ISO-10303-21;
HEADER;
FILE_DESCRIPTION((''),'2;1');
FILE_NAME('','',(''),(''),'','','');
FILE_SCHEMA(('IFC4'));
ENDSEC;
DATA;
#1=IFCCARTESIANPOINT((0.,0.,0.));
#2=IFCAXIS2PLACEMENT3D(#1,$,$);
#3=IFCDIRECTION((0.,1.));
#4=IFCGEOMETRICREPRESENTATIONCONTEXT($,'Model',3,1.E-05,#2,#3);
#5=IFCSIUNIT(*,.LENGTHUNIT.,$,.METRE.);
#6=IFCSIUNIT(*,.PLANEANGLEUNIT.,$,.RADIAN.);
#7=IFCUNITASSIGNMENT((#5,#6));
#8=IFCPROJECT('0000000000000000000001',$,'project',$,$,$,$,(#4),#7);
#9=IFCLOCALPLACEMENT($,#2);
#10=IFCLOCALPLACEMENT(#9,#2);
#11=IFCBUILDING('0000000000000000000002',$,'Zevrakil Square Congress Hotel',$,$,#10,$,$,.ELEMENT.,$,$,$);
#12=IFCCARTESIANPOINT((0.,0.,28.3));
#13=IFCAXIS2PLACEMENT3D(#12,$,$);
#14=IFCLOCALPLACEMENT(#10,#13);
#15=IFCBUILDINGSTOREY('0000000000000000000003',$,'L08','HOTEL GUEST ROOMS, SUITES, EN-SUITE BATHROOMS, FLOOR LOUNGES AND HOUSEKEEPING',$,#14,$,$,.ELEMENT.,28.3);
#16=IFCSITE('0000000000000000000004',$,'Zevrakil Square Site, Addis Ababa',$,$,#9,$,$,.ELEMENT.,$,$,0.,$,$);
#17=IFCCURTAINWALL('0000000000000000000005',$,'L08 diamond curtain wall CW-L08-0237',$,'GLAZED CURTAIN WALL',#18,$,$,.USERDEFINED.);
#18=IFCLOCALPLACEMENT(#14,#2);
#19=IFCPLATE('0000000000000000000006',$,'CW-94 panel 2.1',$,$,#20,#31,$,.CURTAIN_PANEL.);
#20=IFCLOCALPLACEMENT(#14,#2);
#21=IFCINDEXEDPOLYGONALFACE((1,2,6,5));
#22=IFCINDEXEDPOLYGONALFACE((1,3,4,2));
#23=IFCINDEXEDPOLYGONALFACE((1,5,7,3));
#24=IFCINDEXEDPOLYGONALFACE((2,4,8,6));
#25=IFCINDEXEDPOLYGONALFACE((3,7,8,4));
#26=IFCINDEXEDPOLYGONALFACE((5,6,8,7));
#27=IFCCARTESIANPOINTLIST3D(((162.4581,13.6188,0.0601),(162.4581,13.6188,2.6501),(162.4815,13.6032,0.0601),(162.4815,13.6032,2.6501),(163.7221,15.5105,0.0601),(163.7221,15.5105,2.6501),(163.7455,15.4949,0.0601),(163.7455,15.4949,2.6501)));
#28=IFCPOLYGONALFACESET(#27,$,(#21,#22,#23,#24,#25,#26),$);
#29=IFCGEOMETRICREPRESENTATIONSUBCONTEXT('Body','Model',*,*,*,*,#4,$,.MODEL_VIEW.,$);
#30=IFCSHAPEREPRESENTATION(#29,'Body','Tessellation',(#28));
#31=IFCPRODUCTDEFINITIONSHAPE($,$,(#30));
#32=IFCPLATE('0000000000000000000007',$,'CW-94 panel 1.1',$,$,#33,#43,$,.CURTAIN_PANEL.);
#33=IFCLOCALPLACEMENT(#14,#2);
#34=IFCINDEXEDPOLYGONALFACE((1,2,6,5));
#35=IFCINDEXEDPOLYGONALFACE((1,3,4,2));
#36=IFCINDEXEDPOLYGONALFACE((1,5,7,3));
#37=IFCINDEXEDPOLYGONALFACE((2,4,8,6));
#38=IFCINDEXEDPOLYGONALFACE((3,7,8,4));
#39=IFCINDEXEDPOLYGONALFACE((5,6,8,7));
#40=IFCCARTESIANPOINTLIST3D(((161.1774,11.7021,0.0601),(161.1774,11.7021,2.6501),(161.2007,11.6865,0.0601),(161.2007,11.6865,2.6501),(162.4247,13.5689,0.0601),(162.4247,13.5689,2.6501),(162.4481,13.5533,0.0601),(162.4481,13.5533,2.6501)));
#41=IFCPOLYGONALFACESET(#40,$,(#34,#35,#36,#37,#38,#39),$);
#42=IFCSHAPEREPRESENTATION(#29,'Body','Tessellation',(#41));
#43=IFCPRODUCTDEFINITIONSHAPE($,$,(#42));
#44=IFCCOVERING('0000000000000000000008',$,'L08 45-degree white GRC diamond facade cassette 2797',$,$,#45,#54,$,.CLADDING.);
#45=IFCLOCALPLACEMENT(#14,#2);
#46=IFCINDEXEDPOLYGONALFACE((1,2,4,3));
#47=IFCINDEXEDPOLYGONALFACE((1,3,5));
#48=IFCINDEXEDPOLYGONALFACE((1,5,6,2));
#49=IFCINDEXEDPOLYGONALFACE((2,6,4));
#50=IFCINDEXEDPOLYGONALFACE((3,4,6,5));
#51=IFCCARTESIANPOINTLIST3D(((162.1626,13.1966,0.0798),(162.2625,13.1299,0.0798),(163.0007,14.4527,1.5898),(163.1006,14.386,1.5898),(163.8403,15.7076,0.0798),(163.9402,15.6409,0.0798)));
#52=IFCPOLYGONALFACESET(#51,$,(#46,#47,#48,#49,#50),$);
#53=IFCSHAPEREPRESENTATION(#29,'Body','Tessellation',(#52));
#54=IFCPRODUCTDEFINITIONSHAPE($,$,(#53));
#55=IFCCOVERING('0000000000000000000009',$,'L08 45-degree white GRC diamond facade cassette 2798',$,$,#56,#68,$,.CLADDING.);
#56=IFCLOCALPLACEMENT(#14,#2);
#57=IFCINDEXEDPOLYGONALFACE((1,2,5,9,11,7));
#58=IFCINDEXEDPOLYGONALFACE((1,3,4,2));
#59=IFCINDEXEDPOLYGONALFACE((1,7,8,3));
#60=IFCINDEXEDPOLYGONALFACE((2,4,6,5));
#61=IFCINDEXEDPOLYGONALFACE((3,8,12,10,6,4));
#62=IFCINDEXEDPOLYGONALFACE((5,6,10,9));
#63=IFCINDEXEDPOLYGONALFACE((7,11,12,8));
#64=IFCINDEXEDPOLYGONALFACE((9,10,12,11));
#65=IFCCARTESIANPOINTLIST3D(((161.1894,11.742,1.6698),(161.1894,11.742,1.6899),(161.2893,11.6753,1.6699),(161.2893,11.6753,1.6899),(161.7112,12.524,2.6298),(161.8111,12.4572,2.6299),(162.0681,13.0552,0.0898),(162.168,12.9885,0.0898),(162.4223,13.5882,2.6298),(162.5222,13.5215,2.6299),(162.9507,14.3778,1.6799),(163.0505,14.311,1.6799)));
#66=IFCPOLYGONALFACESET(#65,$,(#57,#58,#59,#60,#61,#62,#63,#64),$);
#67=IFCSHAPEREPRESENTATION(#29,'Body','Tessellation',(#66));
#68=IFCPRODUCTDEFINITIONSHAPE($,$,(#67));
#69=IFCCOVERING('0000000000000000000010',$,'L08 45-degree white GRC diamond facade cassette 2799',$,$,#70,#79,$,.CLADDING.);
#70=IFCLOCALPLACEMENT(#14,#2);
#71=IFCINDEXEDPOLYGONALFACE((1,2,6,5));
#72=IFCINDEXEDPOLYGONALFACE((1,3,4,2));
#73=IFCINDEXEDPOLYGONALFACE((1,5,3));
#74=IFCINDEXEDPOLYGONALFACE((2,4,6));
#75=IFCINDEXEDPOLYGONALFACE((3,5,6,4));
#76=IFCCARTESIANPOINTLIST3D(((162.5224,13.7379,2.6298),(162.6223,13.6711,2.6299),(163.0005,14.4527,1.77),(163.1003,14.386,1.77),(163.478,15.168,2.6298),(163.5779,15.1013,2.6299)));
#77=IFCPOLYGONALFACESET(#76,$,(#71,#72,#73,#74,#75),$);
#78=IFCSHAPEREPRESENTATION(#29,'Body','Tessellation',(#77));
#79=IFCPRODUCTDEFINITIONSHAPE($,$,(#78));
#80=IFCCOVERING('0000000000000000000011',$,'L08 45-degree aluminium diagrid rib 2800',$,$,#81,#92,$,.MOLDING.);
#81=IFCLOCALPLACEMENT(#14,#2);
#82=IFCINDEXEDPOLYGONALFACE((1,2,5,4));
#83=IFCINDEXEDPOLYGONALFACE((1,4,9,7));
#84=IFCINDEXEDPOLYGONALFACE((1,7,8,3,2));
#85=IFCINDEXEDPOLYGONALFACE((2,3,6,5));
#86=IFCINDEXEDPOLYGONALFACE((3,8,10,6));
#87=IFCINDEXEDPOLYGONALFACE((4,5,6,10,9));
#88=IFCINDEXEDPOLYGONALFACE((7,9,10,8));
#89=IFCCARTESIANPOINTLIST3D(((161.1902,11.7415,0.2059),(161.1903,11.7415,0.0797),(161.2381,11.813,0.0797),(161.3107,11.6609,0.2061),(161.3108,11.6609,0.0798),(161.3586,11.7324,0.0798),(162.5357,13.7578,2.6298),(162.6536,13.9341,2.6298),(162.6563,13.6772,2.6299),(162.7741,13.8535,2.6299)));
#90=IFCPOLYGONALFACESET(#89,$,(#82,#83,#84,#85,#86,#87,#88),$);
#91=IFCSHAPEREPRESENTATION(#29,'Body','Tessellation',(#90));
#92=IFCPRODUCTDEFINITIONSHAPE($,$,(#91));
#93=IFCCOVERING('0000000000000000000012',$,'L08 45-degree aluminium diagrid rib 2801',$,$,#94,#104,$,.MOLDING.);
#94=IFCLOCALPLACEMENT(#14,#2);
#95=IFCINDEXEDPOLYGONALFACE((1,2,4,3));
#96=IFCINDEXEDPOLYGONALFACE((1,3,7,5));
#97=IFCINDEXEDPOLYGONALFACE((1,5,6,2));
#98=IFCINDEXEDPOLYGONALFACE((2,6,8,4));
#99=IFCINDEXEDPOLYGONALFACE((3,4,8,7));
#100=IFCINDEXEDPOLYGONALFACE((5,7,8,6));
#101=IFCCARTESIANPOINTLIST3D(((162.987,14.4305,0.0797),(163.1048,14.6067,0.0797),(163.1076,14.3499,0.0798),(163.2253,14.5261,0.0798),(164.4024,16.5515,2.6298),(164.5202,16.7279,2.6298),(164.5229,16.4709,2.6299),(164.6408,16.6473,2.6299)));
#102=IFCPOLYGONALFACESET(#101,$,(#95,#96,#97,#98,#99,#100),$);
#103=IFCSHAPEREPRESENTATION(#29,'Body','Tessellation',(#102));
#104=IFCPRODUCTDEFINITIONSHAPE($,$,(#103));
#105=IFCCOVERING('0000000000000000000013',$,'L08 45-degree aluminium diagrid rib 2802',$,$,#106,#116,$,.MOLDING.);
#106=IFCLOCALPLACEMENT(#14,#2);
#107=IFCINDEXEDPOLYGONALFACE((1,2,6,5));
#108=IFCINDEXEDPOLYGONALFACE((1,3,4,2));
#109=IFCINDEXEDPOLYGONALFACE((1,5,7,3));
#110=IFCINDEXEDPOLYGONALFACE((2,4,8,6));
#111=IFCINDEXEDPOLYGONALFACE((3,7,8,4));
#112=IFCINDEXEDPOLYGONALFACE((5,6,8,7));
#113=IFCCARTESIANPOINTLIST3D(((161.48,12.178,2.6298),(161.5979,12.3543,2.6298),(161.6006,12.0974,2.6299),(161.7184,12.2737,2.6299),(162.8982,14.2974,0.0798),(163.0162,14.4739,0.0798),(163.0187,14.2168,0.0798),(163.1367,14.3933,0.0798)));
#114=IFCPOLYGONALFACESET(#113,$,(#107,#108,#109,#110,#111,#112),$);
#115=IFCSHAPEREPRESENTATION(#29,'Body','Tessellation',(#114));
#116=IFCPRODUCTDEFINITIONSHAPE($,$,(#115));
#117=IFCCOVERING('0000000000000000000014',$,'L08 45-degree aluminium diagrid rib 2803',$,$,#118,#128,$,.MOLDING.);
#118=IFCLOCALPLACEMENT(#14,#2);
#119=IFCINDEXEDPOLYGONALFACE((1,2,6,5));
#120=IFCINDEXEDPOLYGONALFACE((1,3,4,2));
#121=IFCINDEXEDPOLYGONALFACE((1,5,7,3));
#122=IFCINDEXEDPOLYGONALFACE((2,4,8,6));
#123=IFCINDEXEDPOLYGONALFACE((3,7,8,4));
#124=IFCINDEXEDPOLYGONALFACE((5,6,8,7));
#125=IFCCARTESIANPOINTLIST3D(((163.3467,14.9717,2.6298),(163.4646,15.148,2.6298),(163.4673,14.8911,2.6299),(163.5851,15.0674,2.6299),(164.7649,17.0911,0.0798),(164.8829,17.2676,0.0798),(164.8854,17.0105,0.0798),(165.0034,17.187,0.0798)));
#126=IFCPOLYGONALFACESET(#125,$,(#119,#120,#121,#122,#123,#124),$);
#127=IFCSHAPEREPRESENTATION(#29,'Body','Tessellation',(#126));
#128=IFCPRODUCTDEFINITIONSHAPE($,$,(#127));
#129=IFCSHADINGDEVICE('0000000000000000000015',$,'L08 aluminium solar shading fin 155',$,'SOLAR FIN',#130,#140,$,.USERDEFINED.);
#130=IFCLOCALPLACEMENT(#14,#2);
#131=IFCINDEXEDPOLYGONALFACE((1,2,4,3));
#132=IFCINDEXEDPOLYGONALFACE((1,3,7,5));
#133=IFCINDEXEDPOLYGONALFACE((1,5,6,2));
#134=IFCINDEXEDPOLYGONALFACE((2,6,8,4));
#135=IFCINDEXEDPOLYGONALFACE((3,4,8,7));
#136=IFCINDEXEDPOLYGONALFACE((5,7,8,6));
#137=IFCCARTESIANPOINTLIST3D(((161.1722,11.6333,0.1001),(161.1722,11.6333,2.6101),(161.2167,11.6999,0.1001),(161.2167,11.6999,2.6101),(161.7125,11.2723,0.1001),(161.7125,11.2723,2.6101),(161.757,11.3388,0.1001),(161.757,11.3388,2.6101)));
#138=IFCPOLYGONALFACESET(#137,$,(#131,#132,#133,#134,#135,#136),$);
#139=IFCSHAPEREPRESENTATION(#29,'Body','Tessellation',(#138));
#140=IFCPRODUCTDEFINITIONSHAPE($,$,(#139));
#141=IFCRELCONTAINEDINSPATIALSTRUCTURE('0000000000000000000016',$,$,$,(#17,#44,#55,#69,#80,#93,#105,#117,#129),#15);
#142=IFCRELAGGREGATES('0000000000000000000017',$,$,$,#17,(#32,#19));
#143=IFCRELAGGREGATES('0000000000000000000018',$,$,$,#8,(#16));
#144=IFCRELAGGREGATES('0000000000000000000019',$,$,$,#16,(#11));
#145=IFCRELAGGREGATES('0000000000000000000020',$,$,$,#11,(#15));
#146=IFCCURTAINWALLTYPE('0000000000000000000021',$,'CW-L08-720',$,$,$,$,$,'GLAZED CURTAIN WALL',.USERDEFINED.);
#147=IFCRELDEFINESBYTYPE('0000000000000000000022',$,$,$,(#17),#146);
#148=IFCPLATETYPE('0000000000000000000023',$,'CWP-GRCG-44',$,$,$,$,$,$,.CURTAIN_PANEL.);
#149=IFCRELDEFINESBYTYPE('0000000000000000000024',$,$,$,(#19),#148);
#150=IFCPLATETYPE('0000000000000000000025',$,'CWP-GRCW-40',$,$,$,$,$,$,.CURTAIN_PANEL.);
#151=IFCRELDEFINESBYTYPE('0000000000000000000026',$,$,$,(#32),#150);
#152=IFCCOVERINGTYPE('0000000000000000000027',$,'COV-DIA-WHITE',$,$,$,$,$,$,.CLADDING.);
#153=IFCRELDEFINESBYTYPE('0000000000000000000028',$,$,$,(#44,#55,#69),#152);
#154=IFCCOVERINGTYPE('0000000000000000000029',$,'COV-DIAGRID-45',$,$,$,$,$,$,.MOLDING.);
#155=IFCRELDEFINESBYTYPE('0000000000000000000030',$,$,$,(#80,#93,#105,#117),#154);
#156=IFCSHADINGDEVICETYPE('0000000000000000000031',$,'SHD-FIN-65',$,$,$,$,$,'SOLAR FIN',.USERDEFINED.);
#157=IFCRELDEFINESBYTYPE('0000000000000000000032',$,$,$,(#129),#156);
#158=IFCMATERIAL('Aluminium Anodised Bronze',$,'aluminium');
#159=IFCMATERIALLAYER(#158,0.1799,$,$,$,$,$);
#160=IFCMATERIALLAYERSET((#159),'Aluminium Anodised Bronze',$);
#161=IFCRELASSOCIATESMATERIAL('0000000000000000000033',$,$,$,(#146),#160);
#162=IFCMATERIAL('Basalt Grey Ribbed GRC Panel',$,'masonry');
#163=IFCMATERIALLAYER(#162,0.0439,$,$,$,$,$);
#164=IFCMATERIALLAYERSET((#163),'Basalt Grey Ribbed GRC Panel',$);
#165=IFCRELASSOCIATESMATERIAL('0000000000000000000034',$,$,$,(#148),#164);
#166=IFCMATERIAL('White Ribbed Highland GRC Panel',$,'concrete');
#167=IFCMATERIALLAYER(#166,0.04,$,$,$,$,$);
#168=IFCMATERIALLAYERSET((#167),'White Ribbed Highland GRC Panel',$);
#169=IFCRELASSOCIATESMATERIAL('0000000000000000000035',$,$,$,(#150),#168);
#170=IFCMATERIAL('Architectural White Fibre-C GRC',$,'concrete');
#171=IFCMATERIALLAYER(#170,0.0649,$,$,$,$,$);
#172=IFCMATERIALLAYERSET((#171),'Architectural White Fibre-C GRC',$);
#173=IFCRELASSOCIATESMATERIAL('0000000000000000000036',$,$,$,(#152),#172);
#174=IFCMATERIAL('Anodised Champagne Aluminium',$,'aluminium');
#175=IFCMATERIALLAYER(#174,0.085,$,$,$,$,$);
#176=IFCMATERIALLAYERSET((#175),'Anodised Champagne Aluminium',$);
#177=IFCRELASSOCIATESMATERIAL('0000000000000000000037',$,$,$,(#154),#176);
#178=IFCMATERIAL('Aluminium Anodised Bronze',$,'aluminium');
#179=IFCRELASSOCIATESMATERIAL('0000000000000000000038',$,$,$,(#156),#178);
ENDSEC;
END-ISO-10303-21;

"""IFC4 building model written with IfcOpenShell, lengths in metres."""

from ifc_helpers import new_model, si_unit, direction, frame, origin, origin_2d, place, context, subcontext, project, spatial, polyline, rectangle, outline, extrude, material, layer, layer_set, type_object, element, aggregate, save


model = new_model("IFC4")

# Units and contexts
model_context = context("Model", 3, precision=1e-05, world=origin(), true_north=direction((0.0, 1.0)))
body_context = subcontext(model_context, "Body", "Model", "MODEL_VIEW")
ifc_project = project(units=[si_unit("LENGTHUNIT", "METRE"), si_unit("PLANEANGLEUNIT", "RADIAN")], contexts=[model_context])

# Site, building, storey
site_placement = place(None, origin())
site = spatial("IfcSite", under=ifc_project, at=site_placement, Name="Zevrakil Square Site, Addis Ababa", CompositionType="ELEMENT", RefElevation=0.0)
building_placement = place(site_placement, origin())
building = spatial("IfcBuilding", under=site, at=building_placement, Name="Zevrakil Square Congress Hotel", CompositionType="ELEMENT")
storey_placement = place(building_placement, frame((0.0, 0.0, 28.3)))
storey = spatial("IfcBuildingStorey", under=building, at=storey_placement, Name="L08", Description="HOTEL GUEST ROOMS, SUITES, EN-SUITE BATHROOMS, FLOOR LOUNGES AND HOUSEKEEPING", CompositionType="ELEMENT", Elevation=28.3)

# Curtain wall
ifc_material_1 = material(Name="Aluminium Anodised Bronze", Category="aluminium")
ifc_layer_1 = layer(ifc_material_1, 0.1799)
ifc_layer_set_1 = layer_set([ifc_layer_1], Name="Aluminium Anodised Bronze")
curtain_wall_type = type_object("IfcCurtainWallType", Name="CW-L08-720", ElementType="GLAZED CURTAIN WALL", PredefinedType="USERDEFINED", material=ifc_layer_set_1)
curtain_wall_1_placement = place(storey_placement, origin())
curtain_wall_1 = element("IfcCurtainWall", 1, at=curtain_wall_1_placement, inside=storey, type_object=curtain_wall_type, Name="L08 diamond curtain wall CW-L08-0237", ObjectType="GLAZED CURTAIN WALL", PredefinedType="USERDEFINED")

# Plates
ifc_material_2 = material(Name="Basalt Grey Ribbed GRC Panel", Category="masonry")
ifc_layer_2 = layer(ifc_material_2, 0.0439)
ifc_layer_set_2 = layer_set([ifc_layer_2], Name="Basalt Grey Ribbed GRC Panel")
plate_type_1 = type_object("IfcPlateType", Name="CWP-GRCG-44", PredefinedType="CURTAIN_PANEL", material=ifc_layer_set_2)
plate_1_placement = place(storey_placement, frame((163.1018, 14.5569, 0.0601), z_axis=(0.0, 0.0, 1.0), x_axis=(0.555576, 0.831466, 0.0)))
plate_1 = element("IfcPlate", 2, at=plate_1_placement, type_object=plate_type_1, Name="CW-94 panel 2.1", PredefinedType="CURTAIN_PANEL", context=body_context, shape_type="SweptSolid", body=[
    extrude(rectangle(XDim=2.2751, YDim=0.0281, at=origin_2d()), origin(), (0.0, 0.0, 1.0), 2.5901),
])
ifc_material_3 = material(Name="White Ribbed Highland GRC Panel", Category="concrete")
ifc_layer_3 = layer(ifc_material_3, 0.04)
ifc_layer_set_3 = layer_set([ifc_layer_3], Name="White Ribbed Highland GRC Panel")
plate_type_2 = type_object("IfcPlateType", Name="CWP-GRCW-40", PredefinedType="CURTAIN_PANEL", material=ifc_layer_set_3)
plate_2_placement = place(storey_placement, frame((161.8127, 12.6277, 0.0601), z_axis=(0.0, 0.0, 1.0), x_axis=(0.555576, 0.831466, 0.0)))
plate_2 = element("IfcPlate", 3, at=plate_2_placement, type_object=plate_type_2, Name="CW-94 panel 1.1", PredefinedType="CURTAIN_PANEL", context=body_context, shape_type="SweptSolid", body=[
    extrude(rectangle(XDim=2.2451, YDim=0.0281, at=origin_2d()), origin(), (0.0, 0.0, 1.0), 2.5901),
])
aggregate(curtain_wall_1, [plate_2, plate_1])

# Coverings
ifc_material_4 = material(Name="Architectural White Fibre-C GRC", Category="concrete")
ifc_layer_4 = layer(ifc_material_4, 0.0649)
ifc_layer_set_4 = layer_set([ifc_layer_4], Name="Architectural White Fibre-C GRC")
covering_type_1 = type_object("IfcCoveringType", Name="COV-DIA-WHITE", PredefinedType="CLADDING", material=ifc_layer_set_4)
covering_1_placement = place(storey_placement, frame((163.1006, 14.386, 1.5898), z_axis=(0.831478, -0.555558, 0.000628), x_axis=(0.393188, 0.587666, -0.707143)))
element("IfcCovering", 4, at=covering_1_placement, inside=storey, type_object=covering_type_1, Name="L08 45-degree white GRC diamond facade cassette 2797", PredefinedType="CLADDING", context=body_context, shape_type="SweptSolid", body=[
    extrude(outline(polyline([(0.0, 0.0), (2.1354, 0.0), (0.0001, -2.1355), (0.0, 0.0)])), origin(), (0.0, 0.0, -1.0), 0.1201),
])
covering_2_placement = place(storey_placement, frame((163.0505, 14.311, 1.6799), z_axis=(0.831454, -0.555593, 0.000631), x_axis=(-0.392477, -0.58815, -0.707136)))
element("IfcCovering", 5, at=covering_2_placement, inside=storey, type_object=covering_type_1, Name="L08 45-degree white GRC diamond facade cassette 2798", PredefinedType="CLADDING", context=body_context, shape_type="SweptSolid", body=[
    extrude(outline(polyline([(0.0, 0.0), (2.2486, 0.0), (2.2485, -2.2346), (2.2344, -2.2487), (0.905, -2.2486), (0.0, -1.3435), (0.0, 0.0)])), origin(), (0.0, 0.0, -1.0), 0.1201),
])
covering_3_placement = place(storey_placement, frame((163.1003, 14.386, 1.77), z_axis=(0.831482, -0.555552, 0.000394), x_axis=(-0.393085, -0.587821, 0.707072)))
element("IfcCovering", 6, at=covering_3_placement, inside=storey, type_object=covering_type_1, Name="L08 45-degree white GRC diamond facade cassette 2799", PredefinedType="CLADDING", context=body_context, shape_type="SweptSolid", body=[
    extrude(outline(polyline([(0.0, 0.0), (1.2161, 0.0), (-0.0002, -1.2162), (0.0, 0.0)])), origin(), (0.0, 0.0, -1.0), 0.1201),
])
ifc_material_5 = material(Name="Anodised Champagne Aluminium", Category="aluminium")
ifc_layer_5 = layer(ifc_material_5, 0.085)
ifc_layer_set_5 = layer_set([ifc_layer_5], Name="Anodised Champagne Aluminium")
covering_type_2 = type_object("IfcCoveringType", Name="COV-DIAGRID-45", PredefinedType="MOLDING", material=ifc_layer_set_5)
covering_4_placement = place(storey_placement, frame((161.3586, 11.7324, 0.0798), z_axis=(0.831354, -0.555743, 0.000793), x_axis=(-0.555743, -0.831354, 0.0)))
element("IfcCovering", 7, at=covering_4_placement, inside=storey, type_object=covering_type_2, Name="L08 45-degree aluminium diagrid rib 2800", PredefinedType="MOLDING", context=body_context, shape_type="SweptSolid", body=[
    extrude(outline(polyline([(0.0, 0.0), (0.0861, 0.0), (0.0861, -0.1262), (-2.338, -2.5501), (-2.55, -2.5501), (0.0, 0.0)])), origin(), (0.0, 0.0, -1.0), 0.145),
])
covering_5_placement = place(storey_placement, frame((163.2253, 14.5261, 0.0798), z_axis=(0.83143, -0.55563, 0.00068), x_axis=(-0.55563, -0.83143, 0.0)))
element("IfcCovering", 8, at=covering_5_placement, inside=storey, type_object=covering_type_2, Name="L08 45-degree aluminium diagrid rib 2801", PredefinedType="MOLDING", context=body_context, shape_type="SweptSolid", body=[
    extrude(outline(polyline([(0.0, 0.0), (0.2119, 0.0), (-2.338, -2.55), (-2.5501, -2.55), (0.0, 0.0)])), origin(), (0.0, 0.0, -1.0), 0.145),
])
for number, where, z_axis, x_axis, name in (
    (9, (161.6006, 12.0974, 2.6299), (0.831341, -0.555762, 0.000423), (0.555762, 0.831342, 0.0), "L08 45-degree aluminium diagrid rib 2802"),
    (10, (163.4673, 14.8911, 2.6299), (0.831341, -0.555762, 0.000423), (0.555762, 0.831342, 0.0), "L08 45-degree aluminium diagrid rib 2803"),
):
    element("IfcCovering", number, at=place(storey_placement, frame(where, z_axis=z_axis, x_axis=x_axis)), inside=storey, type_object=covering_type_2, Name=name, PredefinedType="MOLDING", context=body_context, shape_type="SweptSolid", body=[
        extrude(outline(polyline([(0.0, 0.0), (0.2121, 0.0), (2.7624, -2.55), (2.5501, -2.55), (0.0, 0.0)])), origin(), (0.0, 0.0, -1.0), 0.145),
    ])

# Shading device
ifc_material_6 = material(Name="Aluminium Anodised Bronze", Category="aluminium")
shading_device_type = type_object("IfcShadingDeviceType", Name="SHD-FIN-65", ElementType="SOLAR FIN", PredefinedType="USERDEFINED", material=ifc_material_6)
shading_device_placement = place(storey_placement, frame((161.4646, 11.4861, 0.1001), z_axis=(0.0, 0.0, 1.0), x_axis=(0.83147, -0.55557, 0.0)))
element("IfcShadingDevice", 11, at=shading_device_placement, inside=storey, type_object=shading_device_type, Name="L08 aluminium solar shading fin 155", ObjectType="SOLAR FIN", PredefinedType="USERDEFINED", context=body_context, shape_type="SweptSolid", body=[
    extrude(rectangle(XDim=0.6499, YDim=0.0801, at=origin_2d()), origin(), (0.0, 0.0, 1.0), 2.51),
])

save(model, "model.ifc")
